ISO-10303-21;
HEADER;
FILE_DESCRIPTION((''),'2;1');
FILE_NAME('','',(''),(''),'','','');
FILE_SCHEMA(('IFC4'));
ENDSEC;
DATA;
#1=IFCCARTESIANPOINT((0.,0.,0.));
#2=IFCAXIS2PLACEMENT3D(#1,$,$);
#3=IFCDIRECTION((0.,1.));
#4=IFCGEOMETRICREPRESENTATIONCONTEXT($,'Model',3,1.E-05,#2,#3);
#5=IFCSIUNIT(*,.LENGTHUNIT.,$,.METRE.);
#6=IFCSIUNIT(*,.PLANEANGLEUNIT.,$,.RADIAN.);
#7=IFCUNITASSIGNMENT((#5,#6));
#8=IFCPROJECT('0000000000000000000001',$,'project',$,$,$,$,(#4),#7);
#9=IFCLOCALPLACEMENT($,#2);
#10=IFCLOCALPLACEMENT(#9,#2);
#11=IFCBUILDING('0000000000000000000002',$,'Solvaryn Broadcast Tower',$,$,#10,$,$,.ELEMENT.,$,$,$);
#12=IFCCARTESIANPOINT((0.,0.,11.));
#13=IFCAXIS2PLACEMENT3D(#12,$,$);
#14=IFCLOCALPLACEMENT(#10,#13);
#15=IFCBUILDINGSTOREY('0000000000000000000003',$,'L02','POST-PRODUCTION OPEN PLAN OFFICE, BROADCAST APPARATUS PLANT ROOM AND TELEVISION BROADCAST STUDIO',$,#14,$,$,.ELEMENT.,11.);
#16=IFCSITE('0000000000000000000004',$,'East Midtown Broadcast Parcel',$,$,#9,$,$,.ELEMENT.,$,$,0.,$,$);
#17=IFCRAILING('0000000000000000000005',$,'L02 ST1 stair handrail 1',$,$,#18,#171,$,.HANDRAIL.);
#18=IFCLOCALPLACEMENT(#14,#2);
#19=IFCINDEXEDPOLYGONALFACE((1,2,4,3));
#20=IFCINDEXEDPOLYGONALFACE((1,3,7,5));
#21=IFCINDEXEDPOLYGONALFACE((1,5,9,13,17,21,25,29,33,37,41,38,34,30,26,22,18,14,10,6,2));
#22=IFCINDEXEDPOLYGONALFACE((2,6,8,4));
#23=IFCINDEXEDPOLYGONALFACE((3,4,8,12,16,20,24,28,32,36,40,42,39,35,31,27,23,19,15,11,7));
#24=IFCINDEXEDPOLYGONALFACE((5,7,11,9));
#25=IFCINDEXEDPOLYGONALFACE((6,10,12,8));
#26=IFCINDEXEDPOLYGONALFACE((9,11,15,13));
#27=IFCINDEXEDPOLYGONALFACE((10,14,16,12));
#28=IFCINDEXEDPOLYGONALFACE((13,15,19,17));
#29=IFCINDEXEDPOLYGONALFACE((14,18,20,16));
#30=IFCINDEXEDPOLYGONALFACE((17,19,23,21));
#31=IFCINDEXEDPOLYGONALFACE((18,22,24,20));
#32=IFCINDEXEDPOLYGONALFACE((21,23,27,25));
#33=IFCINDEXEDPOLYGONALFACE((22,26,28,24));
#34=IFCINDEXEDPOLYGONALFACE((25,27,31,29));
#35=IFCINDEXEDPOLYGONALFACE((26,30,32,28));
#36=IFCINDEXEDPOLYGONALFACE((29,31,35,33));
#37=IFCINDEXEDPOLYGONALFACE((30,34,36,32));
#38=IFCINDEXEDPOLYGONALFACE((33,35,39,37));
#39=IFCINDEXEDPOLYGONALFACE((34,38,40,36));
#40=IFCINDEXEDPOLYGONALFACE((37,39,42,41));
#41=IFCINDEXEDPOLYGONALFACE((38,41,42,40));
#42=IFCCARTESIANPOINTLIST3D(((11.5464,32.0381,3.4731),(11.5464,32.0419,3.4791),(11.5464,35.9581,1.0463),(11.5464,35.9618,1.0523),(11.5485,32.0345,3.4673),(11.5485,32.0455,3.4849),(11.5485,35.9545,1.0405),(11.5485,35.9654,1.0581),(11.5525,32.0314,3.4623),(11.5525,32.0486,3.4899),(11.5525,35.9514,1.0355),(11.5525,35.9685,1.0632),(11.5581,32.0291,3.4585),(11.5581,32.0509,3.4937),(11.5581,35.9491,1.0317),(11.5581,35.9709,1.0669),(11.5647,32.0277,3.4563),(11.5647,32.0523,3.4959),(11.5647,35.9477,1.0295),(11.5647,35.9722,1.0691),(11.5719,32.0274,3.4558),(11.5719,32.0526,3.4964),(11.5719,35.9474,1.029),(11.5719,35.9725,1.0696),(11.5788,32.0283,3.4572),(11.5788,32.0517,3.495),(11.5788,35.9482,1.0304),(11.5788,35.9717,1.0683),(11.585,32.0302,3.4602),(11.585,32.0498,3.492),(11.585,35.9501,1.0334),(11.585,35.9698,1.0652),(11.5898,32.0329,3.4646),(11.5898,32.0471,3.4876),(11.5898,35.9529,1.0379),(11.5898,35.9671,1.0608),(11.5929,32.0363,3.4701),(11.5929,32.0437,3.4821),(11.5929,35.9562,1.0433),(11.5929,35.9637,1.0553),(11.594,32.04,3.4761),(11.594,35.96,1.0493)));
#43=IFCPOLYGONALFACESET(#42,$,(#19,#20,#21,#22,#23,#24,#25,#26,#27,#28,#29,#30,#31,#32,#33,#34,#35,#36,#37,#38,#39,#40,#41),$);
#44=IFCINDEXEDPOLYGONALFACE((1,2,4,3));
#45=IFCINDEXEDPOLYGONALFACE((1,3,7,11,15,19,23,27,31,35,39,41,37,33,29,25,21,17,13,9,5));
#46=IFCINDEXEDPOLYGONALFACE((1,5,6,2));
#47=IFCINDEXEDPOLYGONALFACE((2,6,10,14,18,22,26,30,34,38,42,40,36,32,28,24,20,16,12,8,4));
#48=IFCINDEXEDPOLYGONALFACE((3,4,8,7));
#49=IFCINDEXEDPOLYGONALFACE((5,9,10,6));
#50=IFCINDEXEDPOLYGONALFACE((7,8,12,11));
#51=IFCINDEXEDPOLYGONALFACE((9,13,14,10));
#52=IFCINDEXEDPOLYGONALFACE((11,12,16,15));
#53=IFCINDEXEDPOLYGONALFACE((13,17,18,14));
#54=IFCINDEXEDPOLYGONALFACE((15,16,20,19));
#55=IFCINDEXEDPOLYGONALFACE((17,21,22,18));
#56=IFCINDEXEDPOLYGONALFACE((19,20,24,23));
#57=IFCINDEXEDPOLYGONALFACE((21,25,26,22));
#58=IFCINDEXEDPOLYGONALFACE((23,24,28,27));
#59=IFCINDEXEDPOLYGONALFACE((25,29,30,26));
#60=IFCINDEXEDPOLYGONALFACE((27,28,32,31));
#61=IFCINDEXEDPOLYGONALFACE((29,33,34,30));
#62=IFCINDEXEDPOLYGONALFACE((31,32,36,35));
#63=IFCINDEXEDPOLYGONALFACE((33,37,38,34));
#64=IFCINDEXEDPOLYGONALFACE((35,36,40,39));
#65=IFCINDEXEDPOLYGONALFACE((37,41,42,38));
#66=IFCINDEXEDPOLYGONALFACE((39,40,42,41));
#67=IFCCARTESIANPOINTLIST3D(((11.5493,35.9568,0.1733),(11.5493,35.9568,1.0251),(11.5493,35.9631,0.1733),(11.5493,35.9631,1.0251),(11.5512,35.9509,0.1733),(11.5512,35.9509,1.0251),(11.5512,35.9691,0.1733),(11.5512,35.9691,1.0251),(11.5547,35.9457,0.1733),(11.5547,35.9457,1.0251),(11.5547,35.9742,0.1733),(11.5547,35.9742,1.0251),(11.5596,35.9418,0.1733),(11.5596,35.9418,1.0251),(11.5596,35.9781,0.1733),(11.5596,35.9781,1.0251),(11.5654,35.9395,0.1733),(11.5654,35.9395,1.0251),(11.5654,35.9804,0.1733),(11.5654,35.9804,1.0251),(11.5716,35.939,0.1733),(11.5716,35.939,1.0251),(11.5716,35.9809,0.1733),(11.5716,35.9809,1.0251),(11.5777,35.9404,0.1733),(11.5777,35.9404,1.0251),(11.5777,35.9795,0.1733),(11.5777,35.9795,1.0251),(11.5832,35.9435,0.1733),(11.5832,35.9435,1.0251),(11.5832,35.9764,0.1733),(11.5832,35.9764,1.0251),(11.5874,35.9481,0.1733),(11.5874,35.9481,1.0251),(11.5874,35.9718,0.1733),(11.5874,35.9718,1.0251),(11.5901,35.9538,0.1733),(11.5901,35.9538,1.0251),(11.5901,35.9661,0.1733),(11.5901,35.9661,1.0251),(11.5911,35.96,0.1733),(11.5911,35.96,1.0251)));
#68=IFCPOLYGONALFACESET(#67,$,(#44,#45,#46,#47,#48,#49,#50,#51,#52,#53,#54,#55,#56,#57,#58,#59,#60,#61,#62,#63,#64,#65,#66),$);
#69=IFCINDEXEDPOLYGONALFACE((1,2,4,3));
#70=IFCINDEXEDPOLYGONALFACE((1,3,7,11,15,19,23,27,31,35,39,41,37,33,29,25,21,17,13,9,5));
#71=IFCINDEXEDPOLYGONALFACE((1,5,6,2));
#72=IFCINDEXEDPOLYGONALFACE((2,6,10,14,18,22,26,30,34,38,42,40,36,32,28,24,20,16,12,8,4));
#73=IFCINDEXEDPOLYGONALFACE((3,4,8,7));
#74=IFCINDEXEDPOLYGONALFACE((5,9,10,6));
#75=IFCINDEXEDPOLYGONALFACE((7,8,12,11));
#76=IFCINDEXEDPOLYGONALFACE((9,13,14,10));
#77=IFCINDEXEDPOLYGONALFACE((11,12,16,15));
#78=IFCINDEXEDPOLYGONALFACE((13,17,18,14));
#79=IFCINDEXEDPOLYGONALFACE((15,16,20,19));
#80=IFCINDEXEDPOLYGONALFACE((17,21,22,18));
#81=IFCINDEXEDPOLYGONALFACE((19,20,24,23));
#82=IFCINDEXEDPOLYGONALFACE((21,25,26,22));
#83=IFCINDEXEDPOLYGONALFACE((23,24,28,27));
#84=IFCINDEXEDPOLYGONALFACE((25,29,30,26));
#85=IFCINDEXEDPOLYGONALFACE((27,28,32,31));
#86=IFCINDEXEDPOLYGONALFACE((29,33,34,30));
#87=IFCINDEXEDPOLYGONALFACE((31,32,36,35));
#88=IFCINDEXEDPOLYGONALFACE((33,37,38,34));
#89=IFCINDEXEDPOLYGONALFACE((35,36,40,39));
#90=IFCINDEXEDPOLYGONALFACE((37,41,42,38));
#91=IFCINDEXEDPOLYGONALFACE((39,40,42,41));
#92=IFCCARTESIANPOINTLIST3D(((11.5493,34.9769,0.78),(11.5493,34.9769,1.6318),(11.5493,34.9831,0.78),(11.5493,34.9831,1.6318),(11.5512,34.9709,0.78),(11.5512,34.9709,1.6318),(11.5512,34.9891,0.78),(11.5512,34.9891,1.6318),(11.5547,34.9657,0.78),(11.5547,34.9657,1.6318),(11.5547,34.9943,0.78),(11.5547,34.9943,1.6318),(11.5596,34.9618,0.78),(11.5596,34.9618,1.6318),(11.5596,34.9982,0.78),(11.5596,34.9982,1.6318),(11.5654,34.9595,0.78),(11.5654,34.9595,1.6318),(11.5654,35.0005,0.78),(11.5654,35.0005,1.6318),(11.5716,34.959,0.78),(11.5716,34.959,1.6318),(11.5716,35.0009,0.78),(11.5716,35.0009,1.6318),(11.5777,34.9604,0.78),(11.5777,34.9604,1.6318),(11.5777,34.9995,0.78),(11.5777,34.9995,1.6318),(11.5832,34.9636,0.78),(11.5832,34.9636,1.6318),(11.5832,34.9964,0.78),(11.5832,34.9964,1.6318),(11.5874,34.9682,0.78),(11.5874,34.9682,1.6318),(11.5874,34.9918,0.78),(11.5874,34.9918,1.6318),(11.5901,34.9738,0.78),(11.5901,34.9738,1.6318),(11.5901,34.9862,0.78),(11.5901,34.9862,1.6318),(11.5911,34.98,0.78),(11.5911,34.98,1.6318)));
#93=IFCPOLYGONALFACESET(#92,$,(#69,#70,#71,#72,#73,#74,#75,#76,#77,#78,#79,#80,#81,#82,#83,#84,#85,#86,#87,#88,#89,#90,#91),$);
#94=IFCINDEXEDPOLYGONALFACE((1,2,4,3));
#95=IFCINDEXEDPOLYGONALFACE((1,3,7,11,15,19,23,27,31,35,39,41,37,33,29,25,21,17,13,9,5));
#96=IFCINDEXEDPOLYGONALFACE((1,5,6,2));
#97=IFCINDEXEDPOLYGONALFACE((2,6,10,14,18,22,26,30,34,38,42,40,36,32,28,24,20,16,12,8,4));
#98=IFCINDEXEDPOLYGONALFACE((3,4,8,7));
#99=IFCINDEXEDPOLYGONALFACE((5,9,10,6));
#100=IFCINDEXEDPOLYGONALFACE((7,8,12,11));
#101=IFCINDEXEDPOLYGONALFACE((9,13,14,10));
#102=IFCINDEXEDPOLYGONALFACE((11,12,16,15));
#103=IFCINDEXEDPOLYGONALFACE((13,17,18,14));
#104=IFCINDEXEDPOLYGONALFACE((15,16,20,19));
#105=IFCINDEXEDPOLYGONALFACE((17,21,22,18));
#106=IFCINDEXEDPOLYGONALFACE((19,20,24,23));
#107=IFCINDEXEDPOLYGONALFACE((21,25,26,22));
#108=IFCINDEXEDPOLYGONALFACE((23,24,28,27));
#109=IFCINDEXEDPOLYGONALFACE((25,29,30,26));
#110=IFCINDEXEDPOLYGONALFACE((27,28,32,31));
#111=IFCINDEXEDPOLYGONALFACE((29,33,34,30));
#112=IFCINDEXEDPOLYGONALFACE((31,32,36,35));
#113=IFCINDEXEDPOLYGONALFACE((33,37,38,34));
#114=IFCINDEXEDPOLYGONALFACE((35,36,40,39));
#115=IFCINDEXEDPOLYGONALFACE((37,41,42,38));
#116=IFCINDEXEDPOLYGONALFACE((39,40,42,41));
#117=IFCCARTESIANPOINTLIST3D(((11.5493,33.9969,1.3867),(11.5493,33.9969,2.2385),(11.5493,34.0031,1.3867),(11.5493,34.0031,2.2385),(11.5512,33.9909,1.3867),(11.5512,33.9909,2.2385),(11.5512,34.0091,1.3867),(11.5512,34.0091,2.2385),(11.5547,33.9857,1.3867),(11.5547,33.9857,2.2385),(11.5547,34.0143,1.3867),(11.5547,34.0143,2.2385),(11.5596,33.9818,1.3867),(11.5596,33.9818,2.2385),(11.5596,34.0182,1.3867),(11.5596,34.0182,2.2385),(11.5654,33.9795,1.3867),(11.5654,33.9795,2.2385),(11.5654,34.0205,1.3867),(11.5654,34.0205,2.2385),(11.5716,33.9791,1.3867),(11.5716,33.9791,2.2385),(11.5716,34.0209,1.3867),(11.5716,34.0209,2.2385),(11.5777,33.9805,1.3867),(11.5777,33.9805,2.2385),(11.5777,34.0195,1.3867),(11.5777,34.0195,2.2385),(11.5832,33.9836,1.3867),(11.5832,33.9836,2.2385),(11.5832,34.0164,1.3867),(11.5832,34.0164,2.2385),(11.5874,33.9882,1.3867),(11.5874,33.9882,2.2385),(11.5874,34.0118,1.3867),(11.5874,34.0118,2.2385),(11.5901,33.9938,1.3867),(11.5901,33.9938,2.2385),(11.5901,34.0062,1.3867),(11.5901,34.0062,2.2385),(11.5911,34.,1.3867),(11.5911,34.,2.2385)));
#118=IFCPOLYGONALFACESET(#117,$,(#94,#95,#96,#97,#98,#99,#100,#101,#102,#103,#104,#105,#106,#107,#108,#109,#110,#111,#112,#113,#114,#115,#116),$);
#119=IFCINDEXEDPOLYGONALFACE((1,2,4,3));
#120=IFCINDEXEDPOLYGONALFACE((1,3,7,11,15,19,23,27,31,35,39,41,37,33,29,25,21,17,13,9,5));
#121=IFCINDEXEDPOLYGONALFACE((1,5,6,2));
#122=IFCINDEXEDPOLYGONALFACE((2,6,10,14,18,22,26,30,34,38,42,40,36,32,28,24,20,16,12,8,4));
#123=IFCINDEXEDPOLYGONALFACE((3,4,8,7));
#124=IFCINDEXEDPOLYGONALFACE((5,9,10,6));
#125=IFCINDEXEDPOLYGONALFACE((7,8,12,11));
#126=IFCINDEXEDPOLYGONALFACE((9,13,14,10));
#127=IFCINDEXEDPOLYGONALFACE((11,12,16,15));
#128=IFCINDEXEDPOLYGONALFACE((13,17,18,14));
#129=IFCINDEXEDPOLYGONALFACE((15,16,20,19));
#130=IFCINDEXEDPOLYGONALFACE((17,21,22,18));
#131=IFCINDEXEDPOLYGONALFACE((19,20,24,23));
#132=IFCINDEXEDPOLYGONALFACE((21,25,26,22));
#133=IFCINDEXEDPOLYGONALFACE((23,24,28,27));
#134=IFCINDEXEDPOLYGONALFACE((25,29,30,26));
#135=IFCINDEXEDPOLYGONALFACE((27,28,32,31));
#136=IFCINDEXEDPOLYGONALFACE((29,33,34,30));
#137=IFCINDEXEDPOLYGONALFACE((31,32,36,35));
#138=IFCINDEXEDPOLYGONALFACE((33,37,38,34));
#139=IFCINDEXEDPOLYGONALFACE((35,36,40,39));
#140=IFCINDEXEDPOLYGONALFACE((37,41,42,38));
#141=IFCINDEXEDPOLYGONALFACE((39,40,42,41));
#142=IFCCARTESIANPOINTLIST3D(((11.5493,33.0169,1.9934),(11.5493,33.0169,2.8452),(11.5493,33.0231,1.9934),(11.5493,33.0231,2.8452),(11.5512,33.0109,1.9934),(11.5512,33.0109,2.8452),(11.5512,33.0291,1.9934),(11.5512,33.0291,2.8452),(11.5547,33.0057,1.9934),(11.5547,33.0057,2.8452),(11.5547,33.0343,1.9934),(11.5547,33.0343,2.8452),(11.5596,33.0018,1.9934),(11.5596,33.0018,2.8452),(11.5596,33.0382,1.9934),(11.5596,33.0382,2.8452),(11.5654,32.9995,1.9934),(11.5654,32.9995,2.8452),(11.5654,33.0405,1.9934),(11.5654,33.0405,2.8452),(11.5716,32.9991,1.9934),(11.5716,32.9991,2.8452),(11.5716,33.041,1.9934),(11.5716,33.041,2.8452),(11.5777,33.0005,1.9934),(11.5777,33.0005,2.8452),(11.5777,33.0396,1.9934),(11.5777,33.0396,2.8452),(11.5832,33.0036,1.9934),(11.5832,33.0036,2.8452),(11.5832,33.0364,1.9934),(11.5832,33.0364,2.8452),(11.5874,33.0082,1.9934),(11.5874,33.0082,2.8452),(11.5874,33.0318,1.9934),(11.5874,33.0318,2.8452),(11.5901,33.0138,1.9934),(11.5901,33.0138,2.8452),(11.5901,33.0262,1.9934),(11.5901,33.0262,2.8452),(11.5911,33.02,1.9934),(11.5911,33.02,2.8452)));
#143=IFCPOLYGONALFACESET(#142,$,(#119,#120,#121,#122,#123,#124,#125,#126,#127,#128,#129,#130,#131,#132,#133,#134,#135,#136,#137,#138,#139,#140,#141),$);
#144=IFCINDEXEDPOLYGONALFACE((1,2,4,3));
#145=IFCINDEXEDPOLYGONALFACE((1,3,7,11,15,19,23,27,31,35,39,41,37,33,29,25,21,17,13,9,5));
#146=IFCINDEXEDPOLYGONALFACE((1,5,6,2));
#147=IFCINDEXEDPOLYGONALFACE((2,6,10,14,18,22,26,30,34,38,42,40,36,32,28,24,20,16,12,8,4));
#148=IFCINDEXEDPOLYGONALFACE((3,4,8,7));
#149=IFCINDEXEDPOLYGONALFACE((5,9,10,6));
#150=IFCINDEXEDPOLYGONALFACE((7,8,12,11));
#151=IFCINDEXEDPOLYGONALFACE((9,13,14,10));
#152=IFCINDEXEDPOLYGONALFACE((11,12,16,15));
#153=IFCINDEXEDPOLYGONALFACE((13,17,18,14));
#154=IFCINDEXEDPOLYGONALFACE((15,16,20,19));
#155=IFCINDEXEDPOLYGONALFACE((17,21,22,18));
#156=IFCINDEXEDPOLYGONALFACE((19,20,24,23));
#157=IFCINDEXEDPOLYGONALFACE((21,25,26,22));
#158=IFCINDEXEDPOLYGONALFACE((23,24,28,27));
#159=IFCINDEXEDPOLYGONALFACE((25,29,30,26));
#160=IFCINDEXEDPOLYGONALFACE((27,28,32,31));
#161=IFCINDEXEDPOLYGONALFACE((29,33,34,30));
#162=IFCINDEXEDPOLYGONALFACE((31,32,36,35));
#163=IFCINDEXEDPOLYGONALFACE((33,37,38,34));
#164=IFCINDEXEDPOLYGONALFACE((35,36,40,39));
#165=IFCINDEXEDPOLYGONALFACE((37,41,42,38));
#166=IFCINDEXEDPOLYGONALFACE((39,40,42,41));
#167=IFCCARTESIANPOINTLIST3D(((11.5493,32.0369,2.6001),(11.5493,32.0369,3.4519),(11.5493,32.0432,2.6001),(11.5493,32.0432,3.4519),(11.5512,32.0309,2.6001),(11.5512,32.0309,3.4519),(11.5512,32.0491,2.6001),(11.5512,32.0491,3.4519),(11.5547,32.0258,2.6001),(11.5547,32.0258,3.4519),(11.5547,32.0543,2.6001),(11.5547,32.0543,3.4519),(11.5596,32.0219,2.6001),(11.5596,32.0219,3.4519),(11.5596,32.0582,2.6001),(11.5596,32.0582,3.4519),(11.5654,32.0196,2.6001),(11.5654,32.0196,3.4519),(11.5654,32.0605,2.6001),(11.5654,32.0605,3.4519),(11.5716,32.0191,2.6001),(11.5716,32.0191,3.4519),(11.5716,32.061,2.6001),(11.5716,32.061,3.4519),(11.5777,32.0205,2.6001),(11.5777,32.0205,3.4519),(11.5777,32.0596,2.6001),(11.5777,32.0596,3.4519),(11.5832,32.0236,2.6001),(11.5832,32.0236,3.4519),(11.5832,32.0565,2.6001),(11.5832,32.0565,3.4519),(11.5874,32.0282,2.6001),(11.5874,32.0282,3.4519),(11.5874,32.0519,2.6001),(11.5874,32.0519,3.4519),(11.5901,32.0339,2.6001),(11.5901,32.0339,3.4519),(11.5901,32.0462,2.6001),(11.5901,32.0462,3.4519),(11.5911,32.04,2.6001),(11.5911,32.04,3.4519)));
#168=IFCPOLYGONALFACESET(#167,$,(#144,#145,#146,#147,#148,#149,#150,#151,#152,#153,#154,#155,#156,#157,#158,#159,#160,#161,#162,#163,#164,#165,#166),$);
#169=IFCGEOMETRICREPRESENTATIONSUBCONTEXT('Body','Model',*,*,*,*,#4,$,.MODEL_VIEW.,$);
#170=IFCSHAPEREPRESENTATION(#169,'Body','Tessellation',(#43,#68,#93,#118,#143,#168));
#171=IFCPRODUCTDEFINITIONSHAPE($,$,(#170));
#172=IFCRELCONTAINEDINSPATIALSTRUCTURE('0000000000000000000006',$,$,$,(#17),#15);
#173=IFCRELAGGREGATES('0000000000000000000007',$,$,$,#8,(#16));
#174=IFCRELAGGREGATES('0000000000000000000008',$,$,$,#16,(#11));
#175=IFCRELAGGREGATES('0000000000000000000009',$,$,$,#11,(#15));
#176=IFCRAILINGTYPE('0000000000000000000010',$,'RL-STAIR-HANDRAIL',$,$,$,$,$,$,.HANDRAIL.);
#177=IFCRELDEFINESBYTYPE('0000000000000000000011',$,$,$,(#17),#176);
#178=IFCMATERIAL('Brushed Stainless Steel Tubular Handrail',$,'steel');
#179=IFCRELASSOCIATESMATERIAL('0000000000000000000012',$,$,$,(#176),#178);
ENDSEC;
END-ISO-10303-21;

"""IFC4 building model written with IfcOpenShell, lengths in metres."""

from ifc_helpers import new_model, si_unit, direction, frame, origin, origin_2d, place, context, subcontext, project, spatial, circle, extrude, material, type_object, element, save


model = new_model("IFC4")

# Units and contexts
model_context = context("Model", 3, precision=1e-05, world=origin(), true_north=direction((0.0, 1.0)))
body_context = subcontext(model_context, "Body", "Model", "MODEL_VIEW")
ifc_project = project(units=[si_unit("LENGTHUNIT", "METRE"), si_unit("PLANEANGLEUNIT", "RADIAN")], contexts=[model_context])

# Site, building, storey
site_placement = place(None, origin())
site = spatial("IfcSite", under=ifc_project, at=site_placement, Name="East Midtown Broadcast Parcel", CompositionType="ELEMENT", RefElevation=0.0)
building_placement = place(site_placement, origin())
building = spatial("IfcBuilding", under=site, at=building_placement, Name="Solvaryn Broadcast Tower", CompositionType="ELEMENT")
storey_placement = place(building_placement, frame((0.0, 0.0, 11.0)))
storey = spatial("IfcBuildingStorey", under=building, at=storey_placement, Name="L02", Description="POST-PRODUCTION OPEN PLAN OFFICE, BROADCAST APPARATUS PLANT ROOM AND TELEVISION BROADCAST STUDIO", CompositionType="ELEMENT", Elevation=11.0)

# Railing
ifc_material_1 = material(Name="Brushed Stainless Steel Tubular Handrail", Category="steel")
railing_type_1 = type_object("IfcRailingType", Name="RL-STAIR-HANDRAIL", PredefinedType="HANDRAIL", material=ifc_material_1)
railing_1_placement = place(storey_placement, frame((11.5701, 35.96, 0.1733)))
element("IfcRailing", 1, at=railing_1_placement, inside=storey, type_object=railing_type_1, Name="L02 ST1 stair handrail 1", PredefinedType="HANDRAIL", context=body_context, shape_type="SweptSolid", body=[
    extrude(circle(Radius=0.0239, at=origin_2d()), frame((0.0, 0.0, 0.876), z_axis=(0.0, -0.850252, 0.526376), x_axis=(1.0, 0.0, 0.0)), (0.0, 0.0, 1.0), 4.6104),
    extrude(circle(Radius=0.021, at=origin_2d()), origin(), (0.0, 0.0, 1.0), 0.8518),
    extrude(circle(Radius=0.021, at=origin_2d()), frame((0.0, -0.98, 0.6067)), (0.0, 0.0, 1.0), 0.8518),
    extrude(circle(Radius=0.021, at=origin_2d()), frame((0.0, -1.96, 1.2134)), (0.0, 0.0, 1.0), 0.8518),
    extrude(circle(Radius=0.021, at=origin_2d()), frame((0.0, -2.9399, 1.8201)), (0.0, 0.0, 1.0), 0.8518),
    extrude(circle(Radius=0.021, at=origin_2d()), frame((0.0, -3.9199, 2.4268)), (0.0, 0.0, 1.0), 0.8518),
])

save(model, "model.ifc")
